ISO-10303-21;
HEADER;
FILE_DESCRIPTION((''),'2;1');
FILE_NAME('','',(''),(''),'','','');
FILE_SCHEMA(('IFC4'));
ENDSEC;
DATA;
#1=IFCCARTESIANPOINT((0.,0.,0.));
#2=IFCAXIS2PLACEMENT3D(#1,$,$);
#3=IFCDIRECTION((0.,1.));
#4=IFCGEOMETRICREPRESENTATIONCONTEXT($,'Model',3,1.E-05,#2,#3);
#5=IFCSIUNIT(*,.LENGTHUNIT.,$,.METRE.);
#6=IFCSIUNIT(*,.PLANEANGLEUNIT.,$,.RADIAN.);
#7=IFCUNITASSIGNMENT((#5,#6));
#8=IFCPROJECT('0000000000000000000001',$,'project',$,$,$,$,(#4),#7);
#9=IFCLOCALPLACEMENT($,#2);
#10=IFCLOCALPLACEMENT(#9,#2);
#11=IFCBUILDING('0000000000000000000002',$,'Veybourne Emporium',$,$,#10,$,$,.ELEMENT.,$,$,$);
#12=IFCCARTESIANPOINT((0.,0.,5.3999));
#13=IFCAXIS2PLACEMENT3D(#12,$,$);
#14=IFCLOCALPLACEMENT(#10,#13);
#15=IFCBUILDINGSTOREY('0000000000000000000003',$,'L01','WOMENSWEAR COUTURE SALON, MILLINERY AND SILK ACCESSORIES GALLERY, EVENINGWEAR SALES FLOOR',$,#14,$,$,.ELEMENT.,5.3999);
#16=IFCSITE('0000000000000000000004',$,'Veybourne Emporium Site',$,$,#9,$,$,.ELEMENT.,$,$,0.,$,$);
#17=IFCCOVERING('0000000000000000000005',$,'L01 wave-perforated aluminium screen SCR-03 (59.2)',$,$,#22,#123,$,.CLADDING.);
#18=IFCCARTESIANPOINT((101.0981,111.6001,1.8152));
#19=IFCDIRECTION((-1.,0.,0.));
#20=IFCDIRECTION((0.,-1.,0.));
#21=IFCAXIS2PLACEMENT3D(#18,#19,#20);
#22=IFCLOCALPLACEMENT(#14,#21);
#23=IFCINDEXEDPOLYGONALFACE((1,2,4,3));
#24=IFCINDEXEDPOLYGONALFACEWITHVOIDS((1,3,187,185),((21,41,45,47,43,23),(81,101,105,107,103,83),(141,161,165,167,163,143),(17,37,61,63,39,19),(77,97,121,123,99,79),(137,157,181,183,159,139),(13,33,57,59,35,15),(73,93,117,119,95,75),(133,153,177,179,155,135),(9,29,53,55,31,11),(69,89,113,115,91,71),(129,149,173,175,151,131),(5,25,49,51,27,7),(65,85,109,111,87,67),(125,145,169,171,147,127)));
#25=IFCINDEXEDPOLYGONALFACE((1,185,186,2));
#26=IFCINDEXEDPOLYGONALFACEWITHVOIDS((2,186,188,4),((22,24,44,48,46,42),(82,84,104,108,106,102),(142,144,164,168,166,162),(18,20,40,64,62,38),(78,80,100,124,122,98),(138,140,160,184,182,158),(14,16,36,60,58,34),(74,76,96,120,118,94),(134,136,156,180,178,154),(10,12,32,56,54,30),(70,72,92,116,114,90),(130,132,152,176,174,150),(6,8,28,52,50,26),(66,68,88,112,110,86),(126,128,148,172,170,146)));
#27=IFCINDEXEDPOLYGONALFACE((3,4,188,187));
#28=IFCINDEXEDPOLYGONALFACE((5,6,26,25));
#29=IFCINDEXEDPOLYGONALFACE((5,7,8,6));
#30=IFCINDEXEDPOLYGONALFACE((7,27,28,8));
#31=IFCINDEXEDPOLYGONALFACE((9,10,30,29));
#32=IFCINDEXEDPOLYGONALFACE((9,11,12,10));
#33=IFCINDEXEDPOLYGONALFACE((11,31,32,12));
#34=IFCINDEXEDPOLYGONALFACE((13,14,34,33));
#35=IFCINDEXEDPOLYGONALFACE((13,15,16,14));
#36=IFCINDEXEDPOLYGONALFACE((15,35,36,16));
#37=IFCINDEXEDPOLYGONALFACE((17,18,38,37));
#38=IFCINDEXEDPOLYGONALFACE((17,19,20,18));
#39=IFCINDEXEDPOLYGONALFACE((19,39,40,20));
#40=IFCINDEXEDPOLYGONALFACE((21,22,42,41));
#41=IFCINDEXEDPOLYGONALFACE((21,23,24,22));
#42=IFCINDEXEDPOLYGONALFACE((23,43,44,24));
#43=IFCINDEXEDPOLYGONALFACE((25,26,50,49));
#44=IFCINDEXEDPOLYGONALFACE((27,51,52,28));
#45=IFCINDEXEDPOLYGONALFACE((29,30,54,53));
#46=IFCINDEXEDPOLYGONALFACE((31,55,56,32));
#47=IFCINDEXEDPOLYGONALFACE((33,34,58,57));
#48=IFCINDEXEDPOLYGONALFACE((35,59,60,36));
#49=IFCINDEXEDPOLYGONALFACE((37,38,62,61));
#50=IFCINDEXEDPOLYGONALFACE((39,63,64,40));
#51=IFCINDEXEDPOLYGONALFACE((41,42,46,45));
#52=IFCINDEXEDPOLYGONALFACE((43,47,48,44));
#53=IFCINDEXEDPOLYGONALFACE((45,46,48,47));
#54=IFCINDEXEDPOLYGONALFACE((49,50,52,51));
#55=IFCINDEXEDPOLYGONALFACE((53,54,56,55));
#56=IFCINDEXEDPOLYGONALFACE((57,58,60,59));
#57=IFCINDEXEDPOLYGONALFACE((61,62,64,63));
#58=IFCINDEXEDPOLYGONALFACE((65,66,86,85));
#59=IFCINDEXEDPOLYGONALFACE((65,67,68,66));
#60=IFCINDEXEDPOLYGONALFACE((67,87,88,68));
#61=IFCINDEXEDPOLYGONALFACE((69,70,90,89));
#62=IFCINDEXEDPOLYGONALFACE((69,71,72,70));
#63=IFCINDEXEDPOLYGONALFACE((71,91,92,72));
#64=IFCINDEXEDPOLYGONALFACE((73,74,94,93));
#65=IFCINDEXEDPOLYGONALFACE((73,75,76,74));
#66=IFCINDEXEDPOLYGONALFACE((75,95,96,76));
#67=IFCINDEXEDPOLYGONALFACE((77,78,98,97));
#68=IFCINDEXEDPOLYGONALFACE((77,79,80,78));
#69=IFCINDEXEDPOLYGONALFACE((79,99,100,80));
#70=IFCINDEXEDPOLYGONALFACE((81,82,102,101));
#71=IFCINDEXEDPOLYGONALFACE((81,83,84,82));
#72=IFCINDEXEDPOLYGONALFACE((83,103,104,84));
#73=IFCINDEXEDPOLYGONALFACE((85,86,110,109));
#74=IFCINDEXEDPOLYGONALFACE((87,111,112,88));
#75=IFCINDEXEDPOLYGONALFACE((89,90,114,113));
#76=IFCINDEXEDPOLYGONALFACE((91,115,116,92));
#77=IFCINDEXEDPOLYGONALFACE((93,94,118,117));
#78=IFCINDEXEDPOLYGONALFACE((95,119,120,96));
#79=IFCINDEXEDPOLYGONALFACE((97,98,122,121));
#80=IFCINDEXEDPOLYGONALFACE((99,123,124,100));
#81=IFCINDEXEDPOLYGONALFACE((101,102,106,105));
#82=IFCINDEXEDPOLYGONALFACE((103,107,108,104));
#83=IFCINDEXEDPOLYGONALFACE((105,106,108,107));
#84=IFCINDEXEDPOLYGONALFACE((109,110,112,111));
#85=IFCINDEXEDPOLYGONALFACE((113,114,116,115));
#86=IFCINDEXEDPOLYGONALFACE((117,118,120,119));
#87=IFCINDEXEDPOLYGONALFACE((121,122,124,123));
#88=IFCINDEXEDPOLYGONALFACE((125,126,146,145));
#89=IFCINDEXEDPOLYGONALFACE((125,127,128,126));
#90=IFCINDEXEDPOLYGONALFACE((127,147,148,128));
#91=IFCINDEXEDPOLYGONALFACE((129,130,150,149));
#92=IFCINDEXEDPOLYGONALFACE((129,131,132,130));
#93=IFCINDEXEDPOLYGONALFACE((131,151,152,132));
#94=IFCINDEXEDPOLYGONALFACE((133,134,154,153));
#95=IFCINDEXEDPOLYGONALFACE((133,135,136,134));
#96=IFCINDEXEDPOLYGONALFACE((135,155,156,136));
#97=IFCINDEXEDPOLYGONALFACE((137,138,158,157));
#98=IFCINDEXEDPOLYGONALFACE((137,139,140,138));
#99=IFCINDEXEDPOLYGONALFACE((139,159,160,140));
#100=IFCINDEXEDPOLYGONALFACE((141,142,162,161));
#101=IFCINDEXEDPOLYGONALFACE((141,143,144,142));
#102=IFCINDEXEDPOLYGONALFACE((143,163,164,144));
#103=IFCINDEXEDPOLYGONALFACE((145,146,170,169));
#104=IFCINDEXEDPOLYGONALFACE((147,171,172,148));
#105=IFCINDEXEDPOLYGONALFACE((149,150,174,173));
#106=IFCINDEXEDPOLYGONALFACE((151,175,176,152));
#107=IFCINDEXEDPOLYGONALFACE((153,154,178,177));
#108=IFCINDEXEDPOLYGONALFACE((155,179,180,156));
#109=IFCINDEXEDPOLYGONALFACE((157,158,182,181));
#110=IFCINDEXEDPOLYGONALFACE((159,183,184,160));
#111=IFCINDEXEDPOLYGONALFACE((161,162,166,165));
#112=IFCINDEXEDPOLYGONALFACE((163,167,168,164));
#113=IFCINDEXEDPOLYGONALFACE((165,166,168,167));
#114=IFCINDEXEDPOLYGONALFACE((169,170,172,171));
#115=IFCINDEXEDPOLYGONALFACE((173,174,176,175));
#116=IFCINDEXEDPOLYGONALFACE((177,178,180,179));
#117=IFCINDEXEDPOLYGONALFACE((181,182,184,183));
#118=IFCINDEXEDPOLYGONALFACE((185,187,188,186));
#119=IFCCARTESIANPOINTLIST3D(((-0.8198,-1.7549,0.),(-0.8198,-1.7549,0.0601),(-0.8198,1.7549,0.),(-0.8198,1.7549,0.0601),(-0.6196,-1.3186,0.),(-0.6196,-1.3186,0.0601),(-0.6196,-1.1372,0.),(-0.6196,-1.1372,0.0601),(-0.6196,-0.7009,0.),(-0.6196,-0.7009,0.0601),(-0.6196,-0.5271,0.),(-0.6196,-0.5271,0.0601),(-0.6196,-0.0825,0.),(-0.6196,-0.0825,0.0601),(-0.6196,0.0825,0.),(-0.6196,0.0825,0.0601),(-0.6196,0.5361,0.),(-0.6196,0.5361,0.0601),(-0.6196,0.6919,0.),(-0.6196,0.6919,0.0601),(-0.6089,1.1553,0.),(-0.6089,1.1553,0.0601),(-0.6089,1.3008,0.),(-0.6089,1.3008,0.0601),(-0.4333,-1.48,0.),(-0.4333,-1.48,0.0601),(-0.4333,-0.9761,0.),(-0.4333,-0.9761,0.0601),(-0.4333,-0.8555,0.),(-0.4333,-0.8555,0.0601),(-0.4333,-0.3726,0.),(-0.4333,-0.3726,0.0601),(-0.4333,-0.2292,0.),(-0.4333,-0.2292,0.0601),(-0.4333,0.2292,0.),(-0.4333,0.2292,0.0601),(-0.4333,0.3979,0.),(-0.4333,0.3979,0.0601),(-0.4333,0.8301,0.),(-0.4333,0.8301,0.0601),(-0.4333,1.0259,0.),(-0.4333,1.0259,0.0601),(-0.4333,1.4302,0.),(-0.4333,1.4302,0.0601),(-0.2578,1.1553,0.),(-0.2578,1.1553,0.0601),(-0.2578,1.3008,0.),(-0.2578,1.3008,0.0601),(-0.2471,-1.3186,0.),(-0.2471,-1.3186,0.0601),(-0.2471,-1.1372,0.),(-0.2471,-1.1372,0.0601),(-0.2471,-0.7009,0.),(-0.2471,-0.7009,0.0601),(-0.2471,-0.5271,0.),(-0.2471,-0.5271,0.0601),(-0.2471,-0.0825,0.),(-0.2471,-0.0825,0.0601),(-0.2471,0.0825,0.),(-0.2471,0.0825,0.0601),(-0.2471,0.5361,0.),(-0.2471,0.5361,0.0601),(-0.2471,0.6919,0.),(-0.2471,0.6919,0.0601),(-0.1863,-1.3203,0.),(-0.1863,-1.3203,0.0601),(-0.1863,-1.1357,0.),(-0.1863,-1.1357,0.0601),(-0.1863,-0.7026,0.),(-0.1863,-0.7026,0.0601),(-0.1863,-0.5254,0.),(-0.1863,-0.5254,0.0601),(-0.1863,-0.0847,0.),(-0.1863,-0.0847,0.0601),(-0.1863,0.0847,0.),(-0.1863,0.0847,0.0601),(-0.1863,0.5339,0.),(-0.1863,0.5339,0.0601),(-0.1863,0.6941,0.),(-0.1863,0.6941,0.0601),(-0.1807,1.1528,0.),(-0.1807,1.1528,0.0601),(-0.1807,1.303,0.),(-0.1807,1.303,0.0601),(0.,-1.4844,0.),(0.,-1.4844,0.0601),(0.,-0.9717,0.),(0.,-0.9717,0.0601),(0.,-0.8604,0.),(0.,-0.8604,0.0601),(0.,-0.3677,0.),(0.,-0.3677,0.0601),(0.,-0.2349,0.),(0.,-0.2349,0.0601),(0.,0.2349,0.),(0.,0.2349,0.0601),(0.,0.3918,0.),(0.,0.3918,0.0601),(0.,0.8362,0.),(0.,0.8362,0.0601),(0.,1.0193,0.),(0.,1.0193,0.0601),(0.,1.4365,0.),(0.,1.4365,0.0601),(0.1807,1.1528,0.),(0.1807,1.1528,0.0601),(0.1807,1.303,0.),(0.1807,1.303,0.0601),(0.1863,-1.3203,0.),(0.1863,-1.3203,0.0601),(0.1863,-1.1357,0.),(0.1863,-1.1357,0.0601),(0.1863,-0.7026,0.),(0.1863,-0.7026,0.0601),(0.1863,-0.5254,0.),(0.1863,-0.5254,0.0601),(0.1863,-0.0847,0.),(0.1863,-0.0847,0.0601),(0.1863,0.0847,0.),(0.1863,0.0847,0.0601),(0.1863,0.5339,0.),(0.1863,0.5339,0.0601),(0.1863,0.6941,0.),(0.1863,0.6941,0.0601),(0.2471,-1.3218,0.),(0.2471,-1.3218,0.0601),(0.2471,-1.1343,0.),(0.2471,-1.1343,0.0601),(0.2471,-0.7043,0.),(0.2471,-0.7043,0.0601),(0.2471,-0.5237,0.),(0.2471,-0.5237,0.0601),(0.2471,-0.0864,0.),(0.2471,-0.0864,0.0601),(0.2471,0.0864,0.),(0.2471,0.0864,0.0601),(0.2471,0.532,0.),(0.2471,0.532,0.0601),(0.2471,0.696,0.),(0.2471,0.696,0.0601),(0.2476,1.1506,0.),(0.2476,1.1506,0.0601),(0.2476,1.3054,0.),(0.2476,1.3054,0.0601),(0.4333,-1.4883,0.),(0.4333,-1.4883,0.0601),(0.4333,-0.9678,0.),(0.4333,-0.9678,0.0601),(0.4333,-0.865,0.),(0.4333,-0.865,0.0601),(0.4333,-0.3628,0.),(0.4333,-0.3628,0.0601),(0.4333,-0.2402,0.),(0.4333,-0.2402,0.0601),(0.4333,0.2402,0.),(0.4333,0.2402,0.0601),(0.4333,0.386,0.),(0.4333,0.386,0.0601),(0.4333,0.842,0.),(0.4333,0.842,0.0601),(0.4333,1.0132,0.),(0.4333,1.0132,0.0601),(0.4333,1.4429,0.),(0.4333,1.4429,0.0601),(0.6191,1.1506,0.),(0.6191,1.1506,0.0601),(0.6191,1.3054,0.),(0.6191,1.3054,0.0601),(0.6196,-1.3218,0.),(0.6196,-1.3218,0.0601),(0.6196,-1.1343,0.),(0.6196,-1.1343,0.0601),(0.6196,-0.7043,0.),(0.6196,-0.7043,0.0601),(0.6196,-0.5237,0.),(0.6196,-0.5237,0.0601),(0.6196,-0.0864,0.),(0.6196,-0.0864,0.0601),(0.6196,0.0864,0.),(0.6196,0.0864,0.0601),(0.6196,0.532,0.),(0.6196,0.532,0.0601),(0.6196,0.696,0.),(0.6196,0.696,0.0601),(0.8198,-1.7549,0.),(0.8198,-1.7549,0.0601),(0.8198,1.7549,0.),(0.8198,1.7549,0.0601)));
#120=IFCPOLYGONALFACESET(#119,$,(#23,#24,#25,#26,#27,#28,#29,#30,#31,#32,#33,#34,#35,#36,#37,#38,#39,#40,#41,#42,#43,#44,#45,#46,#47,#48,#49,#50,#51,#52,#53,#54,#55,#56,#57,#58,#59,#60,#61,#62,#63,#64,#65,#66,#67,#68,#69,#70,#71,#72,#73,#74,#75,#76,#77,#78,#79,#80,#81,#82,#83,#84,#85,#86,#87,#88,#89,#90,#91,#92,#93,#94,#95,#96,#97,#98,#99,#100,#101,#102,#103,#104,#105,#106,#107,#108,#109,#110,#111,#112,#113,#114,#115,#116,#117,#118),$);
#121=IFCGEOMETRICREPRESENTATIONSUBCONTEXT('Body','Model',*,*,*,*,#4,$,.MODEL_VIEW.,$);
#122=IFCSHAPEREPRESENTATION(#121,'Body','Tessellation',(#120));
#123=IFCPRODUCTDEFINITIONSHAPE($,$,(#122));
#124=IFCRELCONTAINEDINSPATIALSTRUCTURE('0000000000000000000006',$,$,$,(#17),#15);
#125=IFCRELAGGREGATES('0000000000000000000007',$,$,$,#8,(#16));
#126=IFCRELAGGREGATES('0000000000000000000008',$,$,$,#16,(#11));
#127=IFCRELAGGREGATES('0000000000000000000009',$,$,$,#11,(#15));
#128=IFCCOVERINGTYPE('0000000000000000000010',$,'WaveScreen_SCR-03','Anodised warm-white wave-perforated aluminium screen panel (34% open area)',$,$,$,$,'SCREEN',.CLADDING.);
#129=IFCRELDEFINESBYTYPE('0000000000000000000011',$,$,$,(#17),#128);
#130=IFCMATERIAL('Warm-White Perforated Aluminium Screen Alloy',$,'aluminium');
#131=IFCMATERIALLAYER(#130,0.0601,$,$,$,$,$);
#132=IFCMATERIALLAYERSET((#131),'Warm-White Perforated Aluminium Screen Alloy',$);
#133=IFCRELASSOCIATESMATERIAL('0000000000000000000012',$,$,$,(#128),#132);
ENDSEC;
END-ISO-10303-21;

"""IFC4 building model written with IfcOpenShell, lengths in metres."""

from ifc_helpers import new_model, si_unit, direction, frame, origin, place, context, subcontext, project, spatial, polyline, outline, extrude, material, layer, layer_set, type_object, element, save


model = new_model("IFC4")

# Units and contexts
model_context = context("Model", 3, precision=1e-05, world=origin(), true_north=direction((0.0, 1.0)))
body_context = subcontext(model_context, "Body", "Model", "MODEL_VIEW")
ifc_project = project(units=[si_unit("LENGTHUNIT", "METRE"), si_unit("PLANEANGLEUNIT", "RADIAN")], contexts=[model_context])

# Site, building, storey
site_placement = place(None, origin())
site = spatial("IfcSite", under=ifc_project, at=site_placement, Name="Veybourne Emporium Site", CompositionType="ELEMENT", RefElevation=0.0)
building_placement = place(site_placement, origin())
building = spatial("IfcBuilding", under=site, at=building_placement, Name="Veybourne Emporium", CompositionType="ELEMENT")
storey_placement = place(building_placement, frame((0.0, 0.0, 5.3999)))
storey = spatial("IfcBuildingStorey", under=building, at=storey_placement, Name="L01", Description="WOMENSWEAR COUTURE SALON, MILLINERY AND SILK ACCESSORIES GALLERY, EVENINGWEAR SALES FLOOR", CompositionType="ELEMENT", Elevation=5.3999)

# Covering
ifc_material_1 = material(Name="Warm-White Perforated Aluminium Screen Alloy", Category="aluminium")
ifc_layer_1 = layer(ifc_material_1, 0.0601)
ifc_layer_set_1 = layer_set([ifc_layer_1], Name="Warm-White Perforated Aluminium Screen Alloy")
covering_type_1 = type_object("IfcCoveringType", Name="WaveScreen_SCR-03", Description="Anodised warm-white wave-perforated aluminium screen panel (34% open area)", ElementType="SCREEN", PredefinedType="CLADDING", material=ifc_layer_set_1)
covering_1_placement = place(storey_placement, frame((101.0981, 111.6001, 1.8152), z_axis=(-1.0, 0.0, 0.0), x_axis=(0.0, -1.0, 0.0)))
element("IfcCovering", 1, at=covering_1_placement, inside=storey, type_object=covering_type_1, Name="L01 wave-perforated aluminium screen SCR-03 (59.2)", PredefinedType="CLADDING", context=body_context, shape_type="SweptSolid", body=[
    extrude(outline(polyline([(-0.8198, -1.7549), (0.8198, -1.7549), (0.8198, 1.7549), (-0.8198, 1.7549), (-0.8198, -1.7549)]), holes=[polyline([(-0.4333, -0.9761), (-0.2471, -1.1372), (-0.2471, -1.3186), (-0.4333, -1.48), (-0.6196, -1.3186), (-0.6196, -1.1372), (-0.4333, -0.9761)]), polyline([(-0.4333, -0.3726), (-0.2471, -0.5271), (-0.2471, -0.7009), (-0.4333, -0.8555), (-0.6196, -0.7009), (-0.6196, -0.5271), (-0.4333, -0.3726)]), polyline([(-0.4333, 0.2292), (-0.2471, 0.0825), (-0.2471, -0.0825), (-0.4333, -0.2292), (-0.6196, -0.0825), (-0.6196, 0.0825), (-0.4333, 0.2292)]), polyline([(-0.4333, 0.8301), (-0.2471, 0.6919), (-0.2471, 0.5361), (-0.4333, 0.3979), (-0.6196, 0.5361), (-0.6196, 0.6919), (-0.4333, 0.8301)]), polyline([(-0.4333, 1.4302), (-0.2578, 1.3008), (-0.2578, 1.1553), (-0.4333, 1.0259), (-0.6089, 1.1553), (-0.6089, 1.3008), (-0.4333, 1.4302)]), polyline([(0.0, -0.9717), (0.1863, -1.1357), (0.1863, -1.3203), (0.0, -1.4844), (-0.1863, -1.3203), (-0.1863, -1.1357), (0.0, -0.9717)]), polyline([(0.0, -0.3677), (0.1863, -0.5254), (0.1863, -0.7026), (0.0, -0.8604), (-0.1863, -0.7026), (-0.1863, -0.5254), (0.0, -0.3677)]), polyline([(0.0, 0.2349), (0.1863, 0.0847), (0.1863, -0.0847), (0.0, -0.2349), (-0.1863, -0.0847), (-0.1863, 0.0847), (0.0, 0.2349)]), polyline([(0.0, 0.8362), (0.1863, 0.6941), (0.1863, 0.5339), (0.0, 0.3918), (-0.1863, 0.5339), (-0.1863, 0.6941), (0.0, 0.8362)]), polyline([(0.0, 1.4365), (0.1807, 1.303), (0.1807, 1.1528), (0.0, 1.0193), (-0.1807, 1.1528), (-0.1807, 1.303), (0.0, 1.4365)]), polyline([(0.4333, -0.9678), (0.6196, -1.1343), (0.6196, -1.3218), (0.4333, -1.4883), (0.2471, -1.3218), (0.2471, -1.1343), (0.4333, -0.9678)]), polyline([(0.4333, -0.3628), (0.6196, -0.5237), (0.6196, -0.7043), (0.4333, -0.865), (0.2471, -0.7043), (0.2471, -0.5237), (0.4333, -0.3628)]), polyline([(0.4333, 0.2402), (0.6196, 0.0864), (0.6196, -0.0864), (0.4333, -0.2402), (0.2471, -0.0864), (0.2471, 0.0864), (0.4333, 0.2402)]), polyline([(0.4333, 0.842), (0.6196, 0.696), (0.6196, 0.532), (0.4333, 0.386), (0.2471, 0.532), (0.2471, 0.696), (0.4333, 0.842)]), polyline([(0.4333, 1.4429), (0.6191, 1.3054), (0.6191, 1.1506), (0.4333, 1.0132), (0.2476, 1.1506), (0.2476, 1.3054), (0.4333, 1.4429)])]), origin(), (0.0, 0.0, 1.0), 0.0601),
])

save(model, "model.ifc")
